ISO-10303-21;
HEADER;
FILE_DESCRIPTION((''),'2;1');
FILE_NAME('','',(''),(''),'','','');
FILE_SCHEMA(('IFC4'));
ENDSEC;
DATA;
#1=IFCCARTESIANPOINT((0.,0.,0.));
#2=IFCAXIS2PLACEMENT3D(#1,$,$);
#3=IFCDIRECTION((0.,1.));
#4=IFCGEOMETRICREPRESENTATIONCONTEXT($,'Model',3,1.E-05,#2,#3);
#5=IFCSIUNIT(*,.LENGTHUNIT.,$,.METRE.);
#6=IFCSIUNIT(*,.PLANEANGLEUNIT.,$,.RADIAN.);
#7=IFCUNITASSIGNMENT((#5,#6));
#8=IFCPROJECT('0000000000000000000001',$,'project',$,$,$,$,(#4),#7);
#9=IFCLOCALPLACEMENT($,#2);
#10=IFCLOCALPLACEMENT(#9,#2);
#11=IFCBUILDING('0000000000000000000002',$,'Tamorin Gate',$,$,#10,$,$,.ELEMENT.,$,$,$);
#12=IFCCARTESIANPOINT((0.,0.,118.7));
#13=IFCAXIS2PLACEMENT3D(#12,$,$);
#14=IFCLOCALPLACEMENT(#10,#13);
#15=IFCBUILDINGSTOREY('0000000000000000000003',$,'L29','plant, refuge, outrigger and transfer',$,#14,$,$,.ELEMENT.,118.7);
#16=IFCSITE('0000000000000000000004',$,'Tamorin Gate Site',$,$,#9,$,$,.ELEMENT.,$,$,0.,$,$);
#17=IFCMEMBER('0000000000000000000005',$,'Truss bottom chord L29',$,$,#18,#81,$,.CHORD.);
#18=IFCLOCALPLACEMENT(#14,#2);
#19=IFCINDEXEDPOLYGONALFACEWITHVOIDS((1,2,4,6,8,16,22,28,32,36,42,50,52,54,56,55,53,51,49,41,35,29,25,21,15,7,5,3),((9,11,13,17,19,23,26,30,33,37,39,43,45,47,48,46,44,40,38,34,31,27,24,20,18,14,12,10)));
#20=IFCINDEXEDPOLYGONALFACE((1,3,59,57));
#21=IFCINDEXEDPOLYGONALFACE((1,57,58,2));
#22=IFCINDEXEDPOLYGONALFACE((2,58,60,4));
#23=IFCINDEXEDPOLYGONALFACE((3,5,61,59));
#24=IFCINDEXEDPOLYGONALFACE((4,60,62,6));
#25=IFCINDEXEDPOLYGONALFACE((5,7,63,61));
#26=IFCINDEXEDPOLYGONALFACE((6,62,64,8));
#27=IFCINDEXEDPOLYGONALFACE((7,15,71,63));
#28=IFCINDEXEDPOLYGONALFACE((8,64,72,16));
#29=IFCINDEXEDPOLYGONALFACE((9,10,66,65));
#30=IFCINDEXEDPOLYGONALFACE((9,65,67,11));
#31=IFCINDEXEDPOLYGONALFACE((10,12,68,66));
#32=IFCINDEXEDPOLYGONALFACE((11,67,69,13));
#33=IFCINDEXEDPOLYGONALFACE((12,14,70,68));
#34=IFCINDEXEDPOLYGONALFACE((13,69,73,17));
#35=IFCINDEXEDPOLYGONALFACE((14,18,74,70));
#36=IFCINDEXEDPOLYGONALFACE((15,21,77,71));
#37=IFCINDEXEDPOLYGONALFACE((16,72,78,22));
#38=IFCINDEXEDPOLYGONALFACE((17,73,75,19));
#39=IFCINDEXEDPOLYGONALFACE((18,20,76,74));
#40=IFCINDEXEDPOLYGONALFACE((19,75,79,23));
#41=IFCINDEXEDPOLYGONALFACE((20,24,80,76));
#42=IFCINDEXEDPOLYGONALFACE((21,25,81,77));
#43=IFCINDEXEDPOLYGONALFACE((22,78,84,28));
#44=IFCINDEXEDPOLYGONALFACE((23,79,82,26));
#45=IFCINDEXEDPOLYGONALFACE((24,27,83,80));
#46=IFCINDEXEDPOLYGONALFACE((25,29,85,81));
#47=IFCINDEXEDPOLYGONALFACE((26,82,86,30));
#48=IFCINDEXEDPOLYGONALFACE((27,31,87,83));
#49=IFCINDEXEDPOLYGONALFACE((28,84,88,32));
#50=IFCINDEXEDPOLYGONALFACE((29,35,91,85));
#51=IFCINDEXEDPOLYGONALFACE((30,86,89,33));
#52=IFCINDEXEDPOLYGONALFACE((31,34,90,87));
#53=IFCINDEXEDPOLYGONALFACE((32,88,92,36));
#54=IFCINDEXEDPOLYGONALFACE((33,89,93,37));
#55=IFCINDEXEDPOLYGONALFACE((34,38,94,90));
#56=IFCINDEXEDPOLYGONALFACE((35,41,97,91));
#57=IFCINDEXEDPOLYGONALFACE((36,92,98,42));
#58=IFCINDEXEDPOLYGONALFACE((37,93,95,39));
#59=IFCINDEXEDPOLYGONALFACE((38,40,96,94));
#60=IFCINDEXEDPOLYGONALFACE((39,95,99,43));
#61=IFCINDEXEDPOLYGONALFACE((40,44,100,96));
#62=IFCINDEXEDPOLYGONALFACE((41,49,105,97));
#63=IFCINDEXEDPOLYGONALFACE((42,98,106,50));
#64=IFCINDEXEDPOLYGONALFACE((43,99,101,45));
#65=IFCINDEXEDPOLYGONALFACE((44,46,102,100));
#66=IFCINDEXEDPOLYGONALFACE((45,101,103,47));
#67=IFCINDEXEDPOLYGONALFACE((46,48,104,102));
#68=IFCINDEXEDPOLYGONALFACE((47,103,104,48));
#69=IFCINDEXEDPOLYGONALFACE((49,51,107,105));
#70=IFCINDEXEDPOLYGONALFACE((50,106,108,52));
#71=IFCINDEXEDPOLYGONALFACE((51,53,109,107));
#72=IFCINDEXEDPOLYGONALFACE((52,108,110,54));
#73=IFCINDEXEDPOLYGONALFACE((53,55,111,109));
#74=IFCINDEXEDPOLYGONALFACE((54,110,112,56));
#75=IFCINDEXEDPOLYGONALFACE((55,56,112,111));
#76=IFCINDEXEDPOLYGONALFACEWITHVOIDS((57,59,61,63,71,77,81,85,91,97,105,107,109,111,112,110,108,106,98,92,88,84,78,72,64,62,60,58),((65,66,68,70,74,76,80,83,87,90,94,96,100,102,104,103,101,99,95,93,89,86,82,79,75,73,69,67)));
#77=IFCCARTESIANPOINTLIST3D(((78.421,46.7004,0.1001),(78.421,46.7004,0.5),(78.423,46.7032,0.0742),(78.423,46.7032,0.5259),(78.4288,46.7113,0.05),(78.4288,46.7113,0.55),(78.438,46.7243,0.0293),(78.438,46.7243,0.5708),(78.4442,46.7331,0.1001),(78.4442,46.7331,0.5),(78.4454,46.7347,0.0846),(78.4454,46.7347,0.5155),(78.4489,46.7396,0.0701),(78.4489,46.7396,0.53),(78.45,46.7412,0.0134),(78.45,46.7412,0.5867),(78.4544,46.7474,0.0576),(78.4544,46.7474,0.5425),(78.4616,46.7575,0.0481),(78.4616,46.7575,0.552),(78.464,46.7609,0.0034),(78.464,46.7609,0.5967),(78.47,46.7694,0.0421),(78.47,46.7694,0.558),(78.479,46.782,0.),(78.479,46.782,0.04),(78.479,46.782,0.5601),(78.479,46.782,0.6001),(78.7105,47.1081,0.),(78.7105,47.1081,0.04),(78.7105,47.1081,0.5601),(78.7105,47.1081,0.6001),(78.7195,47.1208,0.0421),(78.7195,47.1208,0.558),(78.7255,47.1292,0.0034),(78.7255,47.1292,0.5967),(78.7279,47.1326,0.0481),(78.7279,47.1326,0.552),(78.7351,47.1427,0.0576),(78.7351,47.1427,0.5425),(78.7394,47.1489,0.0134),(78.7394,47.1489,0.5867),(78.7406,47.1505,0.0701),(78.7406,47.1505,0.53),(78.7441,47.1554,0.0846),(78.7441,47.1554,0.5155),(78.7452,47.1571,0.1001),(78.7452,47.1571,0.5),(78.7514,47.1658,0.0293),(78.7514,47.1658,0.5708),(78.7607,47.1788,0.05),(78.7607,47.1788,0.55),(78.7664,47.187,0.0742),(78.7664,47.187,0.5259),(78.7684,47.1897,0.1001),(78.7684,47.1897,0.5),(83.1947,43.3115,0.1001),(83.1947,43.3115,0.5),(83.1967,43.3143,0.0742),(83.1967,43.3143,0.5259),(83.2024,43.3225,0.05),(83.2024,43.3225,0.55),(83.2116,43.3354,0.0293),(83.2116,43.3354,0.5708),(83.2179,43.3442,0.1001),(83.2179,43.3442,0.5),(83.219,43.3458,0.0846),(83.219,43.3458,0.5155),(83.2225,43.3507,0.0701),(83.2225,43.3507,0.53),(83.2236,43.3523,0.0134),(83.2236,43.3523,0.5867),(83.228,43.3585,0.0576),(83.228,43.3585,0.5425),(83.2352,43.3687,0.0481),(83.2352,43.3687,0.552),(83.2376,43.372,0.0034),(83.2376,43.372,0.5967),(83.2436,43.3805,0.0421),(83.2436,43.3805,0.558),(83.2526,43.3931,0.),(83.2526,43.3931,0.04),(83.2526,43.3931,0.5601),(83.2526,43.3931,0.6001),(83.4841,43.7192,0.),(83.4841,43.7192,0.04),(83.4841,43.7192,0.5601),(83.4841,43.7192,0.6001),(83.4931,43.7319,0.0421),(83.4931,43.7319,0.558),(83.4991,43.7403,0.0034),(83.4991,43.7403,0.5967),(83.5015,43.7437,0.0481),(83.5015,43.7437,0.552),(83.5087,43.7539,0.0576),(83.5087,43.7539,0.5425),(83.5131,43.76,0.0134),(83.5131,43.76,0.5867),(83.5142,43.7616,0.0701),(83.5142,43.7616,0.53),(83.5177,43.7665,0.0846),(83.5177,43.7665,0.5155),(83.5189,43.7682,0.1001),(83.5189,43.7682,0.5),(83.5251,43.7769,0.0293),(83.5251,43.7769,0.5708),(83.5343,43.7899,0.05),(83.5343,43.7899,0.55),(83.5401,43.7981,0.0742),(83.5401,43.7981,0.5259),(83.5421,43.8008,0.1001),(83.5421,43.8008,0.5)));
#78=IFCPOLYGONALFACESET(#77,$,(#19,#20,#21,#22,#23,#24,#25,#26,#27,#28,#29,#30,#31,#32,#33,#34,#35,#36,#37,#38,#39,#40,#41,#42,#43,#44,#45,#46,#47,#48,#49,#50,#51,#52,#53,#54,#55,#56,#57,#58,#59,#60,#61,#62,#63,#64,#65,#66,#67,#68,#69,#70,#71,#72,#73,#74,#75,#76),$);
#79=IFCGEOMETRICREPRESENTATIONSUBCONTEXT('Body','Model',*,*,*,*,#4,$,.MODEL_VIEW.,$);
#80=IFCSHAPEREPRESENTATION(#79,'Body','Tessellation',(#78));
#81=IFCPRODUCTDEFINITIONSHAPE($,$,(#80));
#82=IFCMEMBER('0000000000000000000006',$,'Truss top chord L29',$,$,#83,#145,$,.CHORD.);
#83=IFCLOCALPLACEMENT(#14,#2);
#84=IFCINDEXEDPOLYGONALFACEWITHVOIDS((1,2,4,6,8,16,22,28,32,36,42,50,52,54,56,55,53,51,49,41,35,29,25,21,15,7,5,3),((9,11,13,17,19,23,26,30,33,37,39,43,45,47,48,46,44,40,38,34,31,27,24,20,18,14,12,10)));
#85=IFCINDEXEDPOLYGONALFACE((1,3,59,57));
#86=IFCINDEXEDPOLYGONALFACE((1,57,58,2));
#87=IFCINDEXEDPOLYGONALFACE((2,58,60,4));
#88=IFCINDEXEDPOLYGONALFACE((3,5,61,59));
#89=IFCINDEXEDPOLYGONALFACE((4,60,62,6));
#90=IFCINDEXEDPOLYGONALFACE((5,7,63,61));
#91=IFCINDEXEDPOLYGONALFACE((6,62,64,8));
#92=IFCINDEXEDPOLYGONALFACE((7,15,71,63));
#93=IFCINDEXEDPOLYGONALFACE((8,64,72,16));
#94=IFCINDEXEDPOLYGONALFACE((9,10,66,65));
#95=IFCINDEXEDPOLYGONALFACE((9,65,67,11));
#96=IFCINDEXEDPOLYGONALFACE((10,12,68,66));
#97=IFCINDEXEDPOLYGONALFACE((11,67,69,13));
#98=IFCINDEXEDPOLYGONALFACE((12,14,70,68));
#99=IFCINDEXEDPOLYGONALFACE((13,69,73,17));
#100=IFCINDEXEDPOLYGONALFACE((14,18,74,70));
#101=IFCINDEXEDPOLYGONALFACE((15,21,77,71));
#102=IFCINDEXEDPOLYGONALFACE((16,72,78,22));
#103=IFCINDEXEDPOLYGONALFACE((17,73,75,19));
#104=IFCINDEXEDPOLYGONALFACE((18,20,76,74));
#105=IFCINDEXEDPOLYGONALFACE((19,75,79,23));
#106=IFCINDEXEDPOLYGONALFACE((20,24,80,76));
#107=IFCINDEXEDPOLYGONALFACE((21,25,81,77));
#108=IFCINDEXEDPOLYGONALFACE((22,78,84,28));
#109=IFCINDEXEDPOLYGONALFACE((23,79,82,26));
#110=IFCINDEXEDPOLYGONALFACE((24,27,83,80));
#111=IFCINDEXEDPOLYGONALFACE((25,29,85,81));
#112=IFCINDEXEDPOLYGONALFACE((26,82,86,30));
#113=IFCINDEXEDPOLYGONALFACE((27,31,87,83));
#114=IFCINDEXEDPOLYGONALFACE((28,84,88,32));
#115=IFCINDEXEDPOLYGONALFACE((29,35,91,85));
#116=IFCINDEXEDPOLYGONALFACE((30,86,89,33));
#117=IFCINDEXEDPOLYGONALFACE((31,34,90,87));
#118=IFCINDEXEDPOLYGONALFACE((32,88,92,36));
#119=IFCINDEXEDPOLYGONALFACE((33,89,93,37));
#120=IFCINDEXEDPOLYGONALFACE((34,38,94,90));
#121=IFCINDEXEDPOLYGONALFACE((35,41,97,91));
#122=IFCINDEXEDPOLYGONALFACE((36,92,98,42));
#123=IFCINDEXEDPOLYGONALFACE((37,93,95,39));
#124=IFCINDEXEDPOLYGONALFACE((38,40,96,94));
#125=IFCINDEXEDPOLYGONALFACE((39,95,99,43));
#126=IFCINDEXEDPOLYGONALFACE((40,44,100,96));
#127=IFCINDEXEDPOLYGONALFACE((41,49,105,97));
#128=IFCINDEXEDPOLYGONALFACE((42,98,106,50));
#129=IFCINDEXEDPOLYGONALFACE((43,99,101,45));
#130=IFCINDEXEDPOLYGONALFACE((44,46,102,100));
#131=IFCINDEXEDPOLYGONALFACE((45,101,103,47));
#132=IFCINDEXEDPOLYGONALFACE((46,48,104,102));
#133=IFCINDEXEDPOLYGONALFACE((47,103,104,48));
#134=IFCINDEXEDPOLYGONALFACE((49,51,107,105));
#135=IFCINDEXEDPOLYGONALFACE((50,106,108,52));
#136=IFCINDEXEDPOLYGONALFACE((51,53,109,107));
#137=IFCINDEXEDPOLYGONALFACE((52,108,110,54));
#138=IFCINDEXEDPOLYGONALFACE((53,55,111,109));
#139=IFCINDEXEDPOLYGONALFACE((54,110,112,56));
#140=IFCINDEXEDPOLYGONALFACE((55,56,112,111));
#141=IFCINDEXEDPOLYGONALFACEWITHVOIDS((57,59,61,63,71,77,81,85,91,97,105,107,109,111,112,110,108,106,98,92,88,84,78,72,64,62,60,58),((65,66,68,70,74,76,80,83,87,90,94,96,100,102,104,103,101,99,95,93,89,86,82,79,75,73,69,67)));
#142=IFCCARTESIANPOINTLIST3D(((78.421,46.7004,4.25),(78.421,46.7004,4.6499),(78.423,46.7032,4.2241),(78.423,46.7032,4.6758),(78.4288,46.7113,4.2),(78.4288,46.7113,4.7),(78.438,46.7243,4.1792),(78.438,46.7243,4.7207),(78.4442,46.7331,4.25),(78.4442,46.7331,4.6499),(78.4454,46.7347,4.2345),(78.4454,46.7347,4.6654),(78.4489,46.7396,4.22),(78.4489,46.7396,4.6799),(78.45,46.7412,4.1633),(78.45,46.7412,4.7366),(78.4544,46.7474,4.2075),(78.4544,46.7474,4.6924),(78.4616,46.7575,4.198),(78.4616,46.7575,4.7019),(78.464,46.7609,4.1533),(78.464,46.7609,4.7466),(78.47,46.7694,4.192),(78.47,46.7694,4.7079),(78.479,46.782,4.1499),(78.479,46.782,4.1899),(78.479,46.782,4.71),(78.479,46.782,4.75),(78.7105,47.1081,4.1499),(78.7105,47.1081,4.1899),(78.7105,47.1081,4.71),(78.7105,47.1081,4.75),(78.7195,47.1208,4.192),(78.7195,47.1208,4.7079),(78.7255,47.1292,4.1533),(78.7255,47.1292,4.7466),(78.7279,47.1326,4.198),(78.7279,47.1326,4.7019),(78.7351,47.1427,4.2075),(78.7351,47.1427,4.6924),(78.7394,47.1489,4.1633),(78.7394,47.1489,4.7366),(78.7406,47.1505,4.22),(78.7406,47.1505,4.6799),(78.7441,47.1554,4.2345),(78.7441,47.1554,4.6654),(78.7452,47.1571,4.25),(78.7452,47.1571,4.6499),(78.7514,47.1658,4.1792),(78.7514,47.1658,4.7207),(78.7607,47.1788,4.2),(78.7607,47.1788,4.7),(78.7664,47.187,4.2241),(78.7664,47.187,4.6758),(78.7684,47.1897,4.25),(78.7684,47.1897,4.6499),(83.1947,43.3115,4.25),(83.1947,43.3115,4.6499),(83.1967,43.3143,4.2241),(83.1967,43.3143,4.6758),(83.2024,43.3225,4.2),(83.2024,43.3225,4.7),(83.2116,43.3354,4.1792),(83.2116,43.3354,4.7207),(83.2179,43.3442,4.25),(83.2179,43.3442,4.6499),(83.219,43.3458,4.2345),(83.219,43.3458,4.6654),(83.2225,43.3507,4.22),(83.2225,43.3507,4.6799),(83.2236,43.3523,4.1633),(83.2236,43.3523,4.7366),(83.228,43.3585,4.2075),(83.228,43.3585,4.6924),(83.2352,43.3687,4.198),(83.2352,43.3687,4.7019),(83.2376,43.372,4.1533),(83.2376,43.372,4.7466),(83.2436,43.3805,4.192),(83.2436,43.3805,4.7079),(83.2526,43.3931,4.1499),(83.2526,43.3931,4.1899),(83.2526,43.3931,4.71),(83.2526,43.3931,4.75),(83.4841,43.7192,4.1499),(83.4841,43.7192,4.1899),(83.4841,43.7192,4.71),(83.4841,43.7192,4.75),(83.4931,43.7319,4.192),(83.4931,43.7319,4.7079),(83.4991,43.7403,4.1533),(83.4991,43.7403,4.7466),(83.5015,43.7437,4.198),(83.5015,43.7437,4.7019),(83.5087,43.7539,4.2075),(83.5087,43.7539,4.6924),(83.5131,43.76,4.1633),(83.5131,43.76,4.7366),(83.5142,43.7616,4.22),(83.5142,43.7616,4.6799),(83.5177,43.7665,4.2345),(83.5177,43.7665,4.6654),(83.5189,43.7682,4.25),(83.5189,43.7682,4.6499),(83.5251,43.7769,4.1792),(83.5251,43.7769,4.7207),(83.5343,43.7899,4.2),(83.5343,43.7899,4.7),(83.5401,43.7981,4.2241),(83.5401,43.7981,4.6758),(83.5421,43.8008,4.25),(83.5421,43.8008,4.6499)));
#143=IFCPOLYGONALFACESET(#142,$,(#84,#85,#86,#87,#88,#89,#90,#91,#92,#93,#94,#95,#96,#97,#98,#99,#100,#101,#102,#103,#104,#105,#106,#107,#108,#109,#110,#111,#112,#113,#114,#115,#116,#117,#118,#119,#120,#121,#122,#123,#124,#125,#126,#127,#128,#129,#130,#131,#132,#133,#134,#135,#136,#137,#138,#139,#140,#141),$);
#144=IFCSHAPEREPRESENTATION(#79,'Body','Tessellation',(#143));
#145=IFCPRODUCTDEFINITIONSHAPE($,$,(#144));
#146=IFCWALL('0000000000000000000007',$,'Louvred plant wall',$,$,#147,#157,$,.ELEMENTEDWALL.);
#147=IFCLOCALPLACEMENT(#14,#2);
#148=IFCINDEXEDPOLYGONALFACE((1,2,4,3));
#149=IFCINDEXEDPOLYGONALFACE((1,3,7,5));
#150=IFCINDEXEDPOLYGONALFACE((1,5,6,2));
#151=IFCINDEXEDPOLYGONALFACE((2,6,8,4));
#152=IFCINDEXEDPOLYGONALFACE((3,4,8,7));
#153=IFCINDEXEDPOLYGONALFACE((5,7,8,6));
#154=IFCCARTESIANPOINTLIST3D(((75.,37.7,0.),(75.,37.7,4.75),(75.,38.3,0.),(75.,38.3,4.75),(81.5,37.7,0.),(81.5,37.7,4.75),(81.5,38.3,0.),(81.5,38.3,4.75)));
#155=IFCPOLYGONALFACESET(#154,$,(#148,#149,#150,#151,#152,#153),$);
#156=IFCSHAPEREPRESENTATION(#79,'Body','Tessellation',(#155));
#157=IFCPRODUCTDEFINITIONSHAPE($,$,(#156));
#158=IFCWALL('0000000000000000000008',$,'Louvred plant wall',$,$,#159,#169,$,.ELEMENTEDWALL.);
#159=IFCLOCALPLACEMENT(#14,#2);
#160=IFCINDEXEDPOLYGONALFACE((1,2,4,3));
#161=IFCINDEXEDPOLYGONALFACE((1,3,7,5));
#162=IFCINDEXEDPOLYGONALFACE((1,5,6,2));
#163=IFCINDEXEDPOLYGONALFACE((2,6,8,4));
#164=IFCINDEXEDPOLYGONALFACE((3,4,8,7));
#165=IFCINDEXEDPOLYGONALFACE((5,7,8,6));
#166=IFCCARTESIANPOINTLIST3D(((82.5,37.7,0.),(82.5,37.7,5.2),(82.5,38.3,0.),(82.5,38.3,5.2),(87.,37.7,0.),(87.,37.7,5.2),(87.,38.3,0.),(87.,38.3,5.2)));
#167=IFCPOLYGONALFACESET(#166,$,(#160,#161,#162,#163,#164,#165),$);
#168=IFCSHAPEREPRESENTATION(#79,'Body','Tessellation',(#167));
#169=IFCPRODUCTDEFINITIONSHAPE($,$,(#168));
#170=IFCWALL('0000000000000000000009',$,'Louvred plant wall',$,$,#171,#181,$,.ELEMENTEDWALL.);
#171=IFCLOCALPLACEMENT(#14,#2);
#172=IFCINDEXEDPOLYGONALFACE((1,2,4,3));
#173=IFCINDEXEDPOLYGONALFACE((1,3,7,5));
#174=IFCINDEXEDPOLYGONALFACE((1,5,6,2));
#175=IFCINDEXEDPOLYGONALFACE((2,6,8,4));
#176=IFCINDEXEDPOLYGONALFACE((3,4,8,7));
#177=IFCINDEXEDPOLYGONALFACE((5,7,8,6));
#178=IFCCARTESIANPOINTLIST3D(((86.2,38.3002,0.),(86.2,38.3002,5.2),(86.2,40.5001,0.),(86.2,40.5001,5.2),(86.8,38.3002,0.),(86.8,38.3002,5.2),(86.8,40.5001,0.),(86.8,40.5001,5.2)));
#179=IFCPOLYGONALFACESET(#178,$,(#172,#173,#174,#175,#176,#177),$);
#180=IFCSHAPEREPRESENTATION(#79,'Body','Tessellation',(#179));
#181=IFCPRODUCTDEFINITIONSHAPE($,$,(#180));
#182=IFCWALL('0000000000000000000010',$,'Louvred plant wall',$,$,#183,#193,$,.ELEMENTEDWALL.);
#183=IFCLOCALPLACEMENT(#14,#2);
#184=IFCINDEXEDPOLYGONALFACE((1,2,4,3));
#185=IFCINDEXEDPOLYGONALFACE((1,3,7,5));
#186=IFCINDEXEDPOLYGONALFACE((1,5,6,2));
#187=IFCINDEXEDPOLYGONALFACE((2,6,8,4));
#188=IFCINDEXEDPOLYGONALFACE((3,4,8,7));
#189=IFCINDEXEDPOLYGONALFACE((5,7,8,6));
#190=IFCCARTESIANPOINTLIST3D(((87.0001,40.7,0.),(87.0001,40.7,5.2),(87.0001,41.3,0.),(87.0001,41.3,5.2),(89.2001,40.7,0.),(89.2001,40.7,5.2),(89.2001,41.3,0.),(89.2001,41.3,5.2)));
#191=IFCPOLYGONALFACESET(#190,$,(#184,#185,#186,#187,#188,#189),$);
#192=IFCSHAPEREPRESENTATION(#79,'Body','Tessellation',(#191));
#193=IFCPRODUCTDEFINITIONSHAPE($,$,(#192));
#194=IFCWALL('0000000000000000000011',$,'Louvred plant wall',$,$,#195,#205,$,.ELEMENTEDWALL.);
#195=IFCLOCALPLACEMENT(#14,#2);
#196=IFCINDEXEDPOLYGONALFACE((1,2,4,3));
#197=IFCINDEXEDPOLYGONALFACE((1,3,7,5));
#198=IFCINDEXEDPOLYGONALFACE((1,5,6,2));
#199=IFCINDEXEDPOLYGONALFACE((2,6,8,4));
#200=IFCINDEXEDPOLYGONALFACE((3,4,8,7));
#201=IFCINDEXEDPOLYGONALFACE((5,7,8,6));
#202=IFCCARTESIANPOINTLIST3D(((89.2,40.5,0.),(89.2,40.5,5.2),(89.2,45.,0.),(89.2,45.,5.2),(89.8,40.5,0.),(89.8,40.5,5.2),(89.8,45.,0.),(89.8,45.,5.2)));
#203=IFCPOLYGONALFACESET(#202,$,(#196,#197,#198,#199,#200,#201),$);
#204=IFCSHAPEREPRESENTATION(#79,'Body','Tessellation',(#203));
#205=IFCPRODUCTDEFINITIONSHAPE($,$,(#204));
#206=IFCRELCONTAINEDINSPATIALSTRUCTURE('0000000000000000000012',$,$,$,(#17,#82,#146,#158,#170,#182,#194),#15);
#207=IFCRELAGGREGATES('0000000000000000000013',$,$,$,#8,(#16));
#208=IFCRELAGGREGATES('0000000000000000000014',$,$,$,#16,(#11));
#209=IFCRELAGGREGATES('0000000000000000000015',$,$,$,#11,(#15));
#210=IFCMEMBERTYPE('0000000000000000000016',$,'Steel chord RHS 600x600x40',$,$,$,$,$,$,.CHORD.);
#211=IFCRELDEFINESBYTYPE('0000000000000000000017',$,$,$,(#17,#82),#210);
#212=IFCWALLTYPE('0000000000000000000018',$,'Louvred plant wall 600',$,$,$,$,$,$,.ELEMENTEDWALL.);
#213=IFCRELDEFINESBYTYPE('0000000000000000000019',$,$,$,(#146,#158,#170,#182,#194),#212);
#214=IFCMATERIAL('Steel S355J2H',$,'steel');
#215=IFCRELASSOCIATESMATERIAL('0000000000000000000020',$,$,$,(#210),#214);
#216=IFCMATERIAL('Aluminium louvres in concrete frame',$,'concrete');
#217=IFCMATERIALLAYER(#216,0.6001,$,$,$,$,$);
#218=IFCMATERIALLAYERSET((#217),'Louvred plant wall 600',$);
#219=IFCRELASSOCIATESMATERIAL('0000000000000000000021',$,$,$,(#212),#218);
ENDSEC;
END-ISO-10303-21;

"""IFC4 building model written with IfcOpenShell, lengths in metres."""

from ifc_helpers import new_model, si_unit, direction, frame, frame_2d, origin, origin_2d, place, context, subcontext, project, spatial, rectangle, hollow_rectangle, extrude, material, layer, layer_set, material_profile, profile_set, type_object, element, save


model = new_model("IFC4")

# Units and contexts
model_context = context("Model", 3, precision=1e-05, world=origin(), true_north=direction((0.0, 1.0)))
body_context = subcontext(model_context, "Body", "Model", "MODEL_VIEW")
ifc_project = project(units=[si_unit("LENGTHUNIT", "METRE"), si_unit("PLANEANGLEUNIT", "RADIAN")], contexts=[model_context])

# Site, building, storey
site_placement = place(None, origin())
site = spatial("IfcSite", under=ifc_project, at=site_placement, Name="Tamorin Gate Site", CompositionType="ELEMENT", RefElevation=0.0)
building_placement = place(site_placement, origin())
building = spatial("IfcBuilding", under=site, at=building_placement, Name="Tamorin Gate", CompositionType="ELEMENT")
storey_placement = place(building_placement, frame((0.0, 0.0, 118.7)))
storey = spatial("IfcBuildingStorey", under=building, at=storey_placement, Name="L29", Description="plant, refuge, outrigger and transfer", CompositionType="ELEMENT", Elevation=118.7)

# Members
ifc_material_1 = material(Name="Steel S355J2H", Category="steel")
ifc_material_profile_1 = material_profile(ifc_material_1, hollow_rectangle(XDim=0.6001, YDim=0.6001, WallThickness=0.04, InnerFilletRadius=0.0601, OuterFilletRadius=0.1001, at=origin_2d()), Name="RHS 600x600x40")
ifc_profile_set_1 = profile_set([ifc_material_profile_1], Name="Steel S355J2H")
member_type = type_object("IfcMemberType", Name="Steel chord RHS 600x600x40", PredefinedType="CHORD", material=ifc_profile_set_1)
for number, where, z_axis, x_axis, name in (
    (1, (78.5947, 46.9451, 0.3), (0.815415, -0.578877, 0.0), (0.578877, 0.815415, 0.0), "Truss bottom chord L29"),
    (2, (78.5947, 46.9451, 4.45), (0.815415, -0.578877, 0.0), (0.578877, 0.815415, 0.0), "Truss top chord L29"),
):
    element("IfcMember", number, at=place(storey_placement, frame(where, z_axis=z_axis, x_axis=x_axis)), inside=storey, type_object=member_type, Name=name, PredefinedType="CHORD", context=body_context, shape_type="SweptSolid", body=[
        extrude(hollow_rectangle(XDim=0.6001, YDim=0.6001, WallThickness=0.04, InnerFilletRadius=0.0601, OuterFilletRadius=0.1001, at=origin_2d()), origin(), (0.0, 0.0, 1.0), 5.8542),
    ])

# Walls
ifc_material_2 = material(Name="Aluminium louvres in concrete frame", Category="concrete")
ifc_layer_1 = layer(ifc_material_2, 0.6001)
ifc_layer_set_1 = layer_set([ifc_layer_1], Name="Louvred plant wall 600")
wall_type_1 = type_object("IfcWallType", Name="Louvred plant wall 600", PredefinedType="ELEMENTEDWALL", material=ifc_layer_set_1)
wall_1_placement = place(storey_placement, frame((75.0, 38.0, 0.0), z_axis=(0.0, 0.0, 1.0), x_axis=(1.0, 0.0, 0.0)))
element("IfcWall", 3, at=wall_1_placement, inside=storey, type_object=wall_type_1, Name="Louvred plant wall", PredefinedType="ELEMENTEDWALL", context=body_context, shape_type="SweptSolid", body=[
    extrude(rectangle(XDim=6.5, YDim=0.6001, at=frame_2d((3.25, 0.0))), origin(), (0.0, 0.0, 1.0), 4.75),
])
wall_2_placement = place(storey_placement, frame((82.5, 38.0, 0.0), z_axis=(0.0, 0.0, 1.0), x_axis=(1.0, 0.0, 0.0)))
element("IfcWall", 4, at=wall_2_placement, inside=storey, type_object=wall_type_1, Name="Louvred plant wall", PredefinedType="ELEMENTEDWALL", context=body_context, shape_type="SweptSolid", body=[
    extrude(rectangle(XDim=4.5, YDim=0.6001, at=frame_2d((2.25, 0.0))), origin(), (0.0, 0.0, 1.0), 5.2),
])
for number, where, z_axis, x_axis, name in (
    (5, (86.5, 38.3, 0.0), (0.0, 0.0, 1.0), (0.0, 1.0, 0.0), "Louvred plant wall"),
    (6, (87.0, 41.0, 0.0), (0.0, 0.0, 1.0), (1.0, 0.0, 0.0), "Louvred plant wall"),
):
    element("IfcWall", number, at=place(storey_placement, frame(where, z_axis=z_axis, x_axis=x_axis)), inside=storey, type_object=wall_type_1, Name=name, PredefinedType="ELEMENTEDWALL", context=body_context, shape_type="SweptSolid", body=[
        extrude(rectangle(XDim=2.2, YDim=0.6001, at=frame_2d((1.1001, 0.0))), origin(), (0.0, 0.0, 1.0), 5.2),
    ])
wall_3_placement = place(storey_placement, frame((89.5, 40.5, 0.0), z_axis=(0.0, 0.0, 1.0), x_axis=(0.0, 1.0, 0.0)))
element("IfcWall", 7, at=wall_3_placement, inside=storey, type_object=wall_type_1, Name="Louvred plant wall", PredefinedType="ELEMENTEDWALL", context=body_context, shape_type="SweptSolid", body=[
    extrude(rectangle(XDim=4.5, YDim=0.6001, at=frame_2d((2.25, 0.0))), origin(), (0.0, 0.0, 1.0), 5.2),
])

save(model, "model.ifc")
